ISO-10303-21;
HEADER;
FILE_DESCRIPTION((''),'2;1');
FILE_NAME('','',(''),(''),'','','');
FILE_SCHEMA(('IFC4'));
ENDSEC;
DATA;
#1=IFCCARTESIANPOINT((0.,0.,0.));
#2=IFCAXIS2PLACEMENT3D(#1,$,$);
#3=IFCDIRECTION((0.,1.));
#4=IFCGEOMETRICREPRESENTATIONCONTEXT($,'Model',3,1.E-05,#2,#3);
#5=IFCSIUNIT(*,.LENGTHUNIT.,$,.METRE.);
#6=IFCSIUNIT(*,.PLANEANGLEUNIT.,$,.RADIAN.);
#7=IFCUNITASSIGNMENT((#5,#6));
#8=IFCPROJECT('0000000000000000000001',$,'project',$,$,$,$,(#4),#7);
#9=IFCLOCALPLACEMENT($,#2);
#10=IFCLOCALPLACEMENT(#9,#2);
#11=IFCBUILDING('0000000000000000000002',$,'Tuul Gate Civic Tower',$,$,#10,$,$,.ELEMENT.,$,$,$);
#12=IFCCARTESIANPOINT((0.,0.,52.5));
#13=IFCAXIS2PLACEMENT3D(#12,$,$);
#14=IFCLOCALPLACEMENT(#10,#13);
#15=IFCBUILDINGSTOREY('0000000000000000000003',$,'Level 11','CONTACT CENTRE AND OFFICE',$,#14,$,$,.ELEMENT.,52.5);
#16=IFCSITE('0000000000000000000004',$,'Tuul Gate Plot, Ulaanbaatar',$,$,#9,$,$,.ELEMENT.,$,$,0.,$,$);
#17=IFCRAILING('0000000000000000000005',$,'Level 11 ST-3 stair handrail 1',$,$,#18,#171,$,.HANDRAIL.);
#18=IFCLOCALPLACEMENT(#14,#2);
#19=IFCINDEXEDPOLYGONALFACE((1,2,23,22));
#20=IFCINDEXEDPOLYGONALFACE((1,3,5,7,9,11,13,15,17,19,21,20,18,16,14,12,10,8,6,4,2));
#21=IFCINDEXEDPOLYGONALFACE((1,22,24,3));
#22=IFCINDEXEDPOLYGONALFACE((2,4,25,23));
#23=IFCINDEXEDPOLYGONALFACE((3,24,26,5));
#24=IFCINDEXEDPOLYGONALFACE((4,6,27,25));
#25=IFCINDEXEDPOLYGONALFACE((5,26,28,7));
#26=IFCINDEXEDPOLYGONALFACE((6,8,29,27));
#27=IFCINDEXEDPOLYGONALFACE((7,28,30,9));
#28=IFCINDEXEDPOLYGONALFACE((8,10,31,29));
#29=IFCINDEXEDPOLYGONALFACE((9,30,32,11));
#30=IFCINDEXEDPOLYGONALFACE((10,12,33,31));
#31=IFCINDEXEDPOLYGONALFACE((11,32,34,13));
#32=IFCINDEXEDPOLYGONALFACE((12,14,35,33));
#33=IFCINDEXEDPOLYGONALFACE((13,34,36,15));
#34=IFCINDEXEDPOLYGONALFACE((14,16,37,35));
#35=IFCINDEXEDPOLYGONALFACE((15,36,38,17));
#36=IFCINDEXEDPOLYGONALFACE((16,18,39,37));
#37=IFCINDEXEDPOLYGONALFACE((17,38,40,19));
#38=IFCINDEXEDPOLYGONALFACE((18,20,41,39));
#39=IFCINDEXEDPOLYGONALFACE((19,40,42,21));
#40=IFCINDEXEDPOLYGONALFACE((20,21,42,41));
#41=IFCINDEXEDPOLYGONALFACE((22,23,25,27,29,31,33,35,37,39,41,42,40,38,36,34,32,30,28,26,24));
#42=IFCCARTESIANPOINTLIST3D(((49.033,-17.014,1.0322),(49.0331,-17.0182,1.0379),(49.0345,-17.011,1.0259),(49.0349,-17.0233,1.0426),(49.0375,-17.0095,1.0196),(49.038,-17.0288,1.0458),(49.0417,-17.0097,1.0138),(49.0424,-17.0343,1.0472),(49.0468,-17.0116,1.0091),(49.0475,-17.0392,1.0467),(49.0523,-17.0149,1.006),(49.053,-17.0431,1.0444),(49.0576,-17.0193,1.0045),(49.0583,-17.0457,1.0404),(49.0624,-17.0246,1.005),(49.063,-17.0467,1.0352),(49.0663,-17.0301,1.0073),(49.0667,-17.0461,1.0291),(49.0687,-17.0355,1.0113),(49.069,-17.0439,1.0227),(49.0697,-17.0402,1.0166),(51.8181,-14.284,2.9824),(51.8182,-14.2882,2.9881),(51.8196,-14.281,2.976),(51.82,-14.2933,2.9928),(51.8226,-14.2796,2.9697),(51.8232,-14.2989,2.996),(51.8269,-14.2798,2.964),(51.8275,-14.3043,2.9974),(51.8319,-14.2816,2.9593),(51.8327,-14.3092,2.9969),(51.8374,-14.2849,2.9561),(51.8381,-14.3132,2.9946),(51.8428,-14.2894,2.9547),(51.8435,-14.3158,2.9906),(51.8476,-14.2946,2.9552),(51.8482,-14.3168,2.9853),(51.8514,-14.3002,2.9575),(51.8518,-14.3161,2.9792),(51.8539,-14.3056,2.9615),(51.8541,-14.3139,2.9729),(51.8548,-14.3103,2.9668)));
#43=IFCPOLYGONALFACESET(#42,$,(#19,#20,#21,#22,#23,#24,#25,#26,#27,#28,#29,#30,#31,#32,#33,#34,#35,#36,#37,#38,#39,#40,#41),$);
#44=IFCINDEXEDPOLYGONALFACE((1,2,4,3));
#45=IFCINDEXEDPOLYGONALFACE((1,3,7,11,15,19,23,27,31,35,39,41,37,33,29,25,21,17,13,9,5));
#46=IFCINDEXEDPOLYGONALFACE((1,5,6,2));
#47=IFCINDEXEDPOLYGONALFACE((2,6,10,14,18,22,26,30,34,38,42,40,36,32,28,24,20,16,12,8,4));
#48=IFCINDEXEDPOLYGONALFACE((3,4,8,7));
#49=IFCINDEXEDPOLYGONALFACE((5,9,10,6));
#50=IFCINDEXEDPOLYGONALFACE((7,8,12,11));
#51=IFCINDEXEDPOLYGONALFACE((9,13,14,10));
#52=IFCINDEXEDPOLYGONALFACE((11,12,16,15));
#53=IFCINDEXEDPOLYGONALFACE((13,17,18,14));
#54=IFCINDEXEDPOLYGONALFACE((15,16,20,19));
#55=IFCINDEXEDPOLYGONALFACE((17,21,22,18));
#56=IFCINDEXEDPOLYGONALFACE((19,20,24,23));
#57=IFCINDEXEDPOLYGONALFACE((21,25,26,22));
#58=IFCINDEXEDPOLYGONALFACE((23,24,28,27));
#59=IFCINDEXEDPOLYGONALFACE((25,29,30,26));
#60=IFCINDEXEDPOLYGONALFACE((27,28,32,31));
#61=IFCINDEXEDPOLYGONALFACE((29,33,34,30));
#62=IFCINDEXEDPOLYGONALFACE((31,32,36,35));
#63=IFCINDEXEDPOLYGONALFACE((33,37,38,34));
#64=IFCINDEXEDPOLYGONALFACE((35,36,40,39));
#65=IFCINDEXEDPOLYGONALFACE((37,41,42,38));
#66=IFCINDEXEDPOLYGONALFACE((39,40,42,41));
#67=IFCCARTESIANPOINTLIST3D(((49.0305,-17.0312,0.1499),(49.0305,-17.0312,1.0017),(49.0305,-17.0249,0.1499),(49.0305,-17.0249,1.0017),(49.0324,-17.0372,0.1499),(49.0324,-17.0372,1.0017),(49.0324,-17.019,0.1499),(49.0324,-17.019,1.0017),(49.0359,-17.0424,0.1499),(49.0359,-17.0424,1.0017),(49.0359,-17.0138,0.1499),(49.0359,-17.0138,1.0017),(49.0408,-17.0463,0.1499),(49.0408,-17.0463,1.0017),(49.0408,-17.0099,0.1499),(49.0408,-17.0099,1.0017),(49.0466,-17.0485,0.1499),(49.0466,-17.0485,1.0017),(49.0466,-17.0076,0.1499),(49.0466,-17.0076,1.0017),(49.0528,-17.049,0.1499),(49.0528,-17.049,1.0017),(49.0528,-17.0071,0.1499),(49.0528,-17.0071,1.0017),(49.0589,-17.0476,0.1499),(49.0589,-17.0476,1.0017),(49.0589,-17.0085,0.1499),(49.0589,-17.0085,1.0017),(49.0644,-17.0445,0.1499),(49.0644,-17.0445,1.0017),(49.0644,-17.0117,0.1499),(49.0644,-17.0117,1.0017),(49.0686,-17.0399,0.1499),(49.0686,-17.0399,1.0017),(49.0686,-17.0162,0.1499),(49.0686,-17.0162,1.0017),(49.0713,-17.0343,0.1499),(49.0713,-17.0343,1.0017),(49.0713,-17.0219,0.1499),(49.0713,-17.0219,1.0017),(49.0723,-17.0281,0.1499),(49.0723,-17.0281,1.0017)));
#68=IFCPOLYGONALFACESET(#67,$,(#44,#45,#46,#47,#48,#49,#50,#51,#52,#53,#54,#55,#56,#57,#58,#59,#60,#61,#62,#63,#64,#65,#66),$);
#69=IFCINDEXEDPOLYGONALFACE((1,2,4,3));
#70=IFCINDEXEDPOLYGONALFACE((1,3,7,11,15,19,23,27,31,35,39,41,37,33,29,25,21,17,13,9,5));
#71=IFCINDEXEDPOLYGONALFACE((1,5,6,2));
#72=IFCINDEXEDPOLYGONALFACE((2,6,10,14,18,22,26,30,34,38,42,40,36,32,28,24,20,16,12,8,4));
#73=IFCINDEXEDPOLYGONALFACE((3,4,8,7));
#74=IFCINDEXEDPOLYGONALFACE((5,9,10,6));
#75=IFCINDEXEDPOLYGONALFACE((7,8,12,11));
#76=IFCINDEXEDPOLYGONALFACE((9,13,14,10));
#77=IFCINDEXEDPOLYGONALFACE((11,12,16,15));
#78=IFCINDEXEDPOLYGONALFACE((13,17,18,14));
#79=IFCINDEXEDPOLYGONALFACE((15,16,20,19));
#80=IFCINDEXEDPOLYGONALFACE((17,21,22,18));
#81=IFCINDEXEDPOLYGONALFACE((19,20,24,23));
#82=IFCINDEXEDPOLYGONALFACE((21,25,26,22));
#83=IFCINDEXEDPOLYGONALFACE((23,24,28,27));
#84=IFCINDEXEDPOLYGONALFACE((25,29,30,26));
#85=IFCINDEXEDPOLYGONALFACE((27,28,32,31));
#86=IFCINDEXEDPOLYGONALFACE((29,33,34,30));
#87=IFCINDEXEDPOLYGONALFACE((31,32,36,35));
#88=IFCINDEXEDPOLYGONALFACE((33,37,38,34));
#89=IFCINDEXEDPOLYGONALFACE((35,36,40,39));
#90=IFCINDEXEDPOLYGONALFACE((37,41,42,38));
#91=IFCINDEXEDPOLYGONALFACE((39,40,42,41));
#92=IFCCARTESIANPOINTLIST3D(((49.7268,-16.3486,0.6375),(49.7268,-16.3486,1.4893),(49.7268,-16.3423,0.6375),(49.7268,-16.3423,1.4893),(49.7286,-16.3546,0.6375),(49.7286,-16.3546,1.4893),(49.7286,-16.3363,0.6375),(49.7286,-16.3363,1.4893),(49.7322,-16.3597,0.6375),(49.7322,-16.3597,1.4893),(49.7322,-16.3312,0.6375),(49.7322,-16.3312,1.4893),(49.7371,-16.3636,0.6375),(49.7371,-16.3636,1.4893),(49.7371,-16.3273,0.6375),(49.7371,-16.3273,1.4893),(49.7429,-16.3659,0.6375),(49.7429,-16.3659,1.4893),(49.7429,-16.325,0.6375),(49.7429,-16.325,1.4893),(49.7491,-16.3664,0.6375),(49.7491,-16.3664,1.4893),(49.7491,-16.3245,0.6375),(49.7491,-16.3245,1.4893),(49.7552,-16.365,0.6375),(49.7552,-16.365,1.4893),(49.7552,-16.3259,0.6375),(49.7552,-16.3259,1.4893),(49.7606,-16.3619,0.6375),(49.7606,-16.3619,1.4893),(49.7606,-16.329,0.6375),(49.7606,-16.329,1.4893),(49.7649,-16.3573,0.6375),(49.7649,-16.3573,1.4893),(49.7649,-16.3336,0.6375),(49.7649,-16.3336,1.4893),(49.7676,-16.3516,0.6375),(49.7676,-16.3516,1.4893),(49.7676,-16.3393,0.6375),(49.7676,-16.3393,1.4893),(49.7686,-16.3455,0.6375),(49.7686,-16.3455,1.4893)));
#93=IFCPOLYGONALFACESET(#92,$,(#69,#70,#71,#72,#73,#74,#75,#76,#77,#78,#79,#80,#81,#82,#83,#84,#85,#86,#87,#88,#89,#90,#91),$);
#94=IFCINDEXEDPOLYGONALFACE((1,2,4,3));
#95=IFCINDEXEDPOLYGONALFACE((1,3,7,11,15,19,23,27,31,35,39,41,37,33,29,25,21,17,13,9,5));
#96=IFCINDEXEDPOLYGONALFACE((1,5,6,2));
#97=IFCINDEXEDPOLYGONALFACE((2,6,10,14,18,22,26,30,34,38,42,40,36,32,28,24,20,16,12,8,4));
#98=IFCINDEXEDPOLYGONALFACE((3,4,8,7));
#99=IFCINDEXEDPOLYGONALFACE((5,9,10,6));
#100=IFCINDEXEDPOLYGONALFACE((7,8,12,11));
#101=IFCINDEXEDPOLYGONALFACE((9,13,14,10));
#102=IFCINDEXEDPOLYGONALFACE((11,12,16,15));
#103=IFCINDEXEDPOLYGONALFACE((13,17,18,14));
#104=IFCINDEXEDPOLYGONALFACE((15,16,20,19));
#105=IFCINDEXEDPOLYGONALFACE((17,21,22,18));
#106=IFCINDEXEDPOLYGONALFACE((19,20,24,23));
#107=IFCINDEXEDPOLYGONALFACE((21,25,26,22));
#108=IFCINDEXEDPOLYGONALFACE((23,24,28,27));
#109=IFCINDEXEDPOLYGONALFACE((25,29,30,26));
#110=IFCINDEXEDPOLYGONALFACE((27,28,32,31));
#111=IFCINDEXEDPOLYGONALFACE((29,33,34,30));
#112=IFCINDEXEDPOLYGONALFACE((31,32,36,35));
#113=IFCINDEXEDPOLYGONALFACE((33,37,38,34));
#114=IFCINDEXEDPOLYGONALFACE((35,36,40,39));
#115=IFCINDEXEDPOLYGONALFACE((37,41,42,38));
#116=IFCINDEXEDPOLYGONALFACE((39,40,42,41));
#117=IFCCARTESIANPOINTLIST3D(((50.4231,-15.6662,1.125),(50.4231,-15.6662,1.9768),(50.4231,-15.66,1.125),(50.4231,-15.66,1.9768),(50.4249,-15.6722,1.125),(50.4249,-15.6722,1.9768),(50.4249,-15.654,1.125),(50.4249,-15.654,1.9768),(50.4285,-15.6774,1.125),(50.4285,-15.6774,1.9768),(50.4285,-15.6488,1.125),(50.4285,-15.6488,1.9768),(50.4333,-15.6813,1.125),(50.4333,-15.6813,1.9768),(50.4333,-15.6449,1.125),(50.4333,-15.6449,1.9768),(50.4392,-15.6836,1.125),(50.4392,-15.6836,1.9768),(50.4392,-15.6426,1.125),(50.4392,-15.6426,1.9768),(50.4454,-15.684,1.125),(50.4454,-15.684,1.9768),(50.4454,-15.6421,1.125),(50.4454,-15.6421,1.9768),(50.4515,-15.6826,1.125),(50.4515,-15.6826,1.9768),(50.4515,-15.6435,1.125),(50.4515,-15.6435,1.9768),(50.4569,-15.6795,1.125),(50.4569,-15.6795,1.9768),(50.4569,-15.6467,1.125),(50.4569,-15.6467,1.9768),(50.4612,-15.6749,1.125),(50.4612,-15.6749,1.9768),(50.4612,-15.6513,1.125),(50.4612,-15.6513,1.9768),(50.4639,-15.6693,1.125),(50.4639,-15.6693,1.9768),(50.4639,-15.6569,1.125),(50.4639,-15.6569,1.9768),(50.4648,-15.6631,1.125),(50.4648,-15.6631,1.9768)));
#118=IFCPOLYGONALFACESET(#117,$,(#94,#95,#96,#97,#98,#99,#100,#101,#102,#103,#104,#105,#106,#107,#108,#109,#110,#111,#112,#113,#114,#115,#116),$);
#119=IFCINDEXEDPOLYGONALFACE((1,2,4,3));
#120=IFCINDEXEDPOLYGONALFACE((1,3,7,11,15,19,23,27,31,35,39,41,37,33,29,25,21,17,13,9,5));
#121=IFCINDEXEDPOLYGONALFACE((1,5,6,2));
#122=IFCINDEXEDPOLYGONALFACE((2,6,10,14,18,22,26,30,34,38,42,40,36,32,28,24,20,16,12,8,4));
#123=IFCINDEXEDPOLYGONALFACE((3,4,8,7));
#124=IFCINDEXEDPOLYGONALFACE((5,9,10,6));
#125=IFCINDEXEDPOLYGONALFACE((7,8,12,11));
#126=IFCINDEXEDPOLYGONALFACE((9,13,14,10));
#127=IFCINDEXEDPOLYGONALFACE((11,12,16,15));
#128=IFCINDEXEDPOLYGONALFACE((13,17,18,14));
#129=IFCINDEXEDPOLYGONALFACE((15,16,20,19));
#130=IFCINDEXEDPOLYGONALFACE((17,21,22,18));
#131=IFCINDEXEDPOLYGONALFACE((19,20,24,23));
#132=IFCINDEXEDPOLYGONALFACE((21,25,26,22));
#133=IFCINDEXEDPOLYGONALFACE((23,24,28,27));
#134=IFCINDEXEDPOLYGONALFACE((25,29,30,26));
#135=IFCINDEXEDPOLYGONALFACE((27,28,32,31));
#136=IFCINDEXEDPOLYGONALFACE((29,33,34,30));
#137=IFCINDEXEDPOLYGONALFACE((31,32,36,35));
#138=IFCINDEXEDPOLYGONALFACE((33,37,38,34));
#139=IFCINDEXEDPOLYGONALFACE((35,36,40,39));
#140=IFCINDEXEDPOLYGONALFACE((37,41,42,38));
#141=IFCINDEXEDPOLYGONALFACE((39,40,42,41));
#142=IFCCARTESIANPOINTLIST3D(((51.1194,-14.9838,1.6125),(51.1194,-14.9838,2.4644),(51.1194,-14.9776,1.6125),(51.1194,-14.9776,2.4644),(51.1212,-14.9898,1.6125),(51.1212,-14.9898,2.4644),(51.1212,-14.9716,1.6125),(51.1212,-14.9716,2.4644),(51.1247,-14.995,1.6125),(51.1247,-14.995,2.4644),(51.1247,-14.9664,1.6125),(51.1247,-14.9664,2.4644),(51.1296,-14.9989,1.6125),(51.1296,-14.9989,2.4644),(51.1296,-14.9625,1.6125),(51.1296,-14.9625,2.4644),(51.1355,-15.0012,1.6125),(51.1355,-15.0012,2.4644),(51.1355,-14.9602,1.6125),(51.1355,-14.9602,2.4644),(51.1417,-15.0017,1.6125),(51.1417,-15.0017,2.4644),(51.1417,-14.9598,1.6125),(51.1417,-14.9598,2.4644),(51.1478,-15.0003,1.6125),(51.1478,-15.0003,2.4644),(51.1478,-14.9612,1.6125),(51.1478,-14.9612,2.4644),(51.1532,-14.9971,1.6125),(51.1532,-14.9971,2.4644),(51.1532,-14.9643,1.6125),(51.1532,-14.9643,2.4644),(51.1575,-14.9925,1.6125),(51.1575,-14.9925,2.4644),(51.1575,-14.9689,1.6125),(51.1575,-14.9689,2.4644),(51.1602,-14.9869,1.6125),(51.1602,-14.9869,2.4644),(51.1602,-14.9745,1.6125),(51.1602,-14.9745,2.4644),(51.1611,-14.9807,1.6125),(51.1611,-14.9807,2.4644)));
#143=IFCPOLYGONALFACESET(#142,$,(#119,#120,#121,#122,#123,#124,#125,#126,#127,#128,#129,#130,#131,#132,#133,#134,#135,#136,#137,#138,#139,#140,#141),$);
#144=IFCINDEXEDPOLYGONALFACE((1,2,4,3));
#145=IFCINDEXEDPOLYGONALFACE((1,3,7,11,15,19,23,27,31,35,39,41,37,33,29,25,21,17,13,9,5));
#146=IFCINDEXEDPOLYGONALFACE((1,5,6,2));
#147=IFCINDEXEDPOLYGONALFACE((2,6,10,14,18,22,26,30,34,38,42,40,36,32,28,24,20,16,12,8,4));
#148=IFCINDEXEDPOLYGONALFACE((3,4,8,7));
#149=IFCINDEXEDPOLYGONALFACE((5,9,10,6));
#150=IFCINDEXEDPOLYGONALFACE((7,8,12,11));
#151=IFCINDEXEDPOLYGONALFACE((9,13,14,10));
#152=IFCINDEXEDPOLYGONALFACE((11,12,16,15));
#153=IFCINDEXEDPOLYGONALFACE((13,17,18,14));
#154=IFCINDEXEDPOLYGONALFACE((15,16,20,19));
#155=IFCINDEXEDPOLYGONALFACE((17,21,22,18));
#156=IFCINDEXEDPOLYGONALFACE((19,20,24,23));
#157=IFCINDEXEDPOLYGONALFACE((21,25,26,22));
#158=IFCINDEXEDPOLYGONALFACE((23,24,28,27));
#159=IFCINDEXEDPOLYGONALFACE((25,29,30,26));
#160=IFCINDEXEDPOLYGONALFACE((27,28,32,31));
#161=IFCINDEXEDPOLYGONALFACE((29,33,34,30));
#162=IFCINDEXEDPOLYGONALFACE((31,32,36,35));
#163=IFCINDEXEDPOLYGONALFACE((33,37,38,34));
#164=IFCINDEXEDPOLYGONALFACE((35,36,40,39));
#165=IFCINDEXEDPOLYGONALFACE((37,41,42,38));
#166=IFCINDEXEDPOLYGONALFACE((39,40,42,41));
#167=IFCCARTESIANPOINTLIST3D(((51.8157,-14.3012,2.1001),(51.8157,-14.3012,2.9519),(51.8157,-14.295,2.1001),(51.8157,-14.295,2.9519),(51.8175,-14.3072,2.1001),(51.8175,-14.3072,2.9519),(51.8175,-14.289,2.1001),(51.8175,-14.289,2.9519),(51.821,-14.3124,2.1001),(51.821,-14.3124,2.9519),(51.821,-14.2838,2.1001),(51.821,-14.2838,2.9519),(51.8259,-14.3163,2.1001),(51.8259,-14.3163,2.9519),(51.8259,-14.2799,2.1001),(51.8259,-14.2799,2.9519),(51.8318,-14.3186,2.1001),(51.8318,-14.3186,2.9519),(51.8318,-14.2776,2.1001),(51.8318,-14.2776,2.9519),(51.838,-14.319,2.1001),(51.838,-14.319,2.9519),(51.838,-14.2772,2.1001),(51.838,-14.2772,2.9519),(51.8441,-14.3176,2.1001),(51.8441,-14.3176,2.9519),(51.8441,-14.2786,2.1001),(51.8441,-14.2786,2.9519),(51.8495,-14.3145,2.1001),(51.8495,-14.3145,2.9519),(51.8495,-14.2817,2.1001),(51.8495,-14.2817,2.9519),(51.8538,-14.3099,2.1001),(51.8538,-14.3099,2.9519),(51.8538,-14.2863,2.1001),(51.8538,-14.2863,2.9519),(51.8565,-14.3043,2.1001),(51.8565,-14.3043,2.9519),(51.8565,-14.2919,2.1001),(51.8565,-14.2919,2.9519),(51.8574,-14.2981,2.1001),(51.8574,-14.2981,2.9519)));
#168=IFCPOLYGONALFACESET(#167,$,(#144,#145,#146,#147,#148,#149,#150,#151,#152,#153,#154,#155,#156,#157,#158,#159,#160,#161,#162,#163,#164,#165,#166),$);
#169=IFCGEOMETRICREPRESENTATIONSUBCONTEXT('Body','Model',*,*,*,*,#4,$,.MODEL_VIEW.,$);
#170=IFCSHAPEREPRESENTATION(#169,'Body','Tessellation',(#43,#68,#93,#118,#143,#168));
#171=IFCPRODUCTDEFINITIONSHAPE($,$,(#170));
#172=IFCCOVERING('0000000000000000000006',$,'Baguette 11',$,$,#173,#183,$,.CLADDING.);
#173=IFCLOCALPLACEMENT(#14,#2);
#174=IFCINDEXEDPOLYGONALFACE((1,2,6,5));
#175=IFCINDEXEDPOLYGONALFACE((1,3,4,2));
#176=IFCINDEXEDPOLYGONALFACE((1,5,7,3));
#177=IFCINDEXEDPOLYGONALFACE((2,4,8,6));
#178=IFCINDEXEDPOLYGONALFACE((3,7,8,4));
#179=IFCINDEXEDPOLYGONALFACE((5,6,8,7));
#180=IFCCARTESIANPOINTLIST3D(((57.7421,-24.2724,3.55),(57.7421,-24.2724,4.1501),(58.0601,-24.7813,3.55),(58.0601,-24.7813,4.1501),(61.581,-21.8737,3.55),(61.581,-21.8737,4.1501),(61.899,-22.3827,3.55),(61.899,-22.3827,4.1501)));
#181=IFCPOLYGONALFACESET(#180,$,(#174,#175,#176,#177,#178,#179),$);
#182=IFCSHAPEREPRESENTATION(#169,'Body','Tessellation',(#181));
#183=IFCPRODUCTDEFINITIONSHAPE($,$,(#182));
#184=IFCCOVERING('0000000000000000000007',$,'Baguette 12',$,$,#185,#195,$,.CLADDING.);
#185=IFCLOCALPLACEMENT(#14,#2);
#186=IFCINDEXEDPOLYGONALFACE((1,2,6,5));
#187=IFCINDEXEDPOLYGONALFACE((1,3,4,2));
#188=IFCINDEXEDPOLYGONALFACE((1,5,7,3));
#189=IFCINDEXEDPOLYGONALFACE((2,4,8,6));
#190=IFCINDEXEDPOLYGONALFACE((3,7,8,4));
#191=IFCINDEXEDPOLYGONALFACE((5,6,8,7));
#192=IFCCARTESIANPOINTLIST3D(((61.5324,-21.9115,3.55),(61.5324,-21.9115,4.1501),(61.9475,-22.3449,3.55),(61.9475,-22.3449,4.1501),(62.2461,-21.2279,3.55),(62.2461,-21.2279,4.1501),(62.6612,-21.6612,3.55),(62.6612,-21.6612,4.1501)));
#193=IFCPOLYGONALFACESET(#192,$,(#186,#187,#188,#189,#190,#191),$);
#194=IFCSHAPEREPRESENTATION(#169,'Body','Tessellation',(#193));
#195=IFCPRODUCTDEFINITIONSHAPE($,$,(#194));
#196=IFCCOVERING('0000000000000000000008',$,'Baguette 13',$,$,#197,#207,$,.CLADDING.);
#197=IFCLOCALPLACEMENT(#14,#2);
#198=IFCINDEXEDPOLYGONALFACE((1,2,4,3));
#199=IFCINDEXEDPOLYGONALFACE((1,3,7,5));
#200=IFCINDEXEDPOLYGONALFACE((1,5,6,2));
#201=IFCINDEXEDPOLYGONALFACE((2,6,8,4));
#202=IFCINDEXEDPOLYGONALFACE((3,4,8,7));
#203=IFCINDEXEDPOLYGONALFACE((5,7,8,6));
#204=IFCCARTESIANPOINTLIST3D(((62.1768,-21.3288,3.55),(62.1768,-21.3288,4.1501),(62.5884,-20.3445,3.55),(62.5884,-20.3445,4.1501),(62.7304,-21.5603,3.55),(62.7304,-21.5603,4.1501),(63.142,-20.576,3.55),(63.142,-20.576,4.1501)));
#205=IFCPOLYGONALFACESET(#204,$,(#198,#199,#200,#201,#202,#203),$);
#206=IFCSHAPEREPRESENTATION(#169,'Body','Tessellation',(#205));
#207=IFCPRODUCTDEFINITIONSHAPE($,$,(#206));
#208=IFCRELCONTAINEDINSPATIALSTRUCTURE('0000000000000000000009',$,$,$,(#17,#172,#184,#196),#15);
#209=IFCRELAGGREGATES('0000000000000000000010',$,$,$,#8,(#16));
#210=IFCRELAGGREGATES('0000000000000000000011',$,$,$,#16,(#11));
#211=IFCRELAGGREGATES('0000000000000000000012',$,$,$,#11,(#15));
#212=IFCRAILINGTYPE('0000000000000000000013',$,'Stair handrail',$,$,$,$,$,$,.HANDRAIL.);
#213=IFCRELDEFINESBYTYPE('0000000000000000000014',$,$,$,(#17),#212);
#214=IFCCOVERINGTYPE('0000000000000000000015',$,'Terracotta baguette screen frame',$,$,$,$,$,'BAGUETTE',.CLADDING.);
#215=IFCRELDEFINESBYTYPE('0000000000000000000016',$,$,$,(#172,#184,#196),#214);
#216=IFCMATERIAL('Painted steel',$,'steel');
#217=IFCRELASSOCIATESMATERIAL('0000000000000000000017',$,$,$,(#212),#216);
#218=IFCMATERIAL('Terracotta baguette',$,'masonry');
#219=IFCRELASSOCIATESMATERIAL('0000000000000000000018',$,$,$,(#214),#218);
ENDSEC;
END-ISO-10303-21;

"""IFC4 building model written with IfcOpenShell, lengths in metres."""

from ifc_helpers import new_model, si_unit, direction, frame, origin, origin_2d, place, context, subcontext, project, spatial, rectangle, circle, extrude, material, material_profile, profile_set, type_object, element, save


model = new_model("IFC4")

# Units and contexts
model_context = context("Model", 3, precision=1e-05, world=origin(), true_north=direction((0.0, 1.0)))
body_context = subcontext(model_context, "Body", "Model", "MODEL_VIEW")
ifc_project = project(units=[si_unit("LENGTHUNIT", "METRE"), si_unit("PLANEANGLEUNIT", "RADIAN")], contexts=[model_context])

# Site, building, storey
site_placement = place(None, origin())
site = spatial("IfcSite", under=ifc_project, at=site_placement, Name="Tuul Gate Plot, Ulaanbaatar", CompositionType="ELEMENT", RefElevation=0.0)
building_placement = place(site_placement, origin())
building = spatial("IfcBuilding", under=site, at=building_placement, Name="Tuul Gate Civic Tower", CompositionType="ELEMENT")
storey_placement = place(building_placement, frame((0.0, 0.0, 52.5)))
storey = spatial("IfcBuildingStorey", under=building, at=storey_placement, Name="Level 11", Description="CONTACT CENTRE AND OFFICE", CompositionType="ELEMENT", Elevation=52.5)

# Railing
ifc_material_1 = material(Name="Painted steel", Category="steel")
railing_type = type_object("IfcRailingType", Name="Stair handrail", PredefinedType="HANDRAIL", material=ifc_material_1)
railing_placement = place(storey_placement, frame((49.0513, -17.0281, 0.1499)))
element("IfcRailing", 1, at=railing_placement, inside=storey, type_object=railing_type, Name="Level 11 ST-3 stair handrail 1", PredefinedType="HANDRAIL", context=body_context, shape_type="SweptSolid", body=[
    extrude(circle(Radius=0.0239, at=origin_2d()), frame((0.0, 0.0, 0.876), z_axis=(0.638738, 0.626084, 0.447251), x_axis=(-0.699998, 0.714145, 0.0)), (0.0, 0.0, 1.0), 4.3604),
    extrude(circle(Radius=0.021, at=origin_2d()), origin(), (0.0, 0.0, 1.0), 0.8518),
    extrude(circle(Radius=0.021, at=origin_2d()), frame((0.6963, 0.6826, 0.4875)), (0.0, 0.0, 1.0), 0.8518),
    extrude(circle(Radius=0.021, at=origin_2d()), frame((1.3926, 1.365, 0.9751)), (0.0, 0.0, 1.0), 0.8518),
    extrude(circle(Radius=0.021, at=origin_2d()), frame((2.0889, 2.0474, 1.4626)), (0.0, 0.0, 1.0), 0.8518),
    extrude(circle(Radius=0.021, at=origin_2d()), frame((2.7852, 2.73, 1.9502)), (0.0, 0.0, 1.0), 0.8518),
])

# Coverings
ifc_material_2 = material(Name="Terracotta baguette", Category="masonry")
ifc_material_profile_1 = material_profile(ifc_material_2, rectangle(XDim=0.6001, YDim=0.6001, at=origin_2d()), Name="Terracotta baguette screen frame")
ifc_profile_set_1 = profile_set([ifc_material_profile_1], Name="Terracotta baguette")
covering_type = type_object("IfcCoveringType", Name="Terracotta baguette screen frame", ElementType="BAGUETTE", PredefinedType="CLADDING", material=ifc_profile_set_1)
covering_1_placement = place(storey_placement, frame((57.9011, -24.5269, 3.8501), z_axis=(0.848059, 0.529902, 0.0), x_axis=(-0.529902, 0.848059, 0.0)))
element("IfcCovering", 2, at=covering_1_placement, inside=storey, type_object=covering_type, Name="Baguette 11", PredefinedType="CLADDING", context=body_context, shape_type="SweptSolid", body=[
    extrude(rectangle(XDim=0.6001, YDim=0.6001, at=origin_2d()), origin(), (0.0, 0.0, 1.0), 4.5266),
])
covering_2_placement = place(storey_placement, frame((61.74, -22.1282, 3.8501), z_axis=(0.722137, 0.69175, 0.0), x_axis=(-0.69175, 0.722137, 0.0)))
element("IfcCovering", 3, at=covering_2_placement, inside=storey, type_object=covering_type, Name="Baguette 12", PredefinedType="CLADDING", context=body_context, shape_type="SweptSolid", body=[
    extrude(rectangle(XDim=0.6001, YDim=0.6001, at=origin_2d()), origin(), (0.0, 0.0, 1.0), 0.9883),
])
covering_3_placement = place(storey_placement, frame((62.4536, -21.4446, 3.8501), z_axis=(0.385785, 0.922589, 0.0), x_axis=(-0.922589, 0.385785, 0.0)))
element("IfcCovering", 4, at=covering_3_placement, inside=storey, type_object=covering_type, Name="Baguette 13", PredefinedType="CLADDING", context=body_context, shape_type="SweptSolid", body=[
    extrude(rectangle(XDim=0.6001, YDim=0.6001, at=origin_2d()), origin(), (0.0, 0.0, 1.0), 1.0669),
])

save(model, "model.ifc")
